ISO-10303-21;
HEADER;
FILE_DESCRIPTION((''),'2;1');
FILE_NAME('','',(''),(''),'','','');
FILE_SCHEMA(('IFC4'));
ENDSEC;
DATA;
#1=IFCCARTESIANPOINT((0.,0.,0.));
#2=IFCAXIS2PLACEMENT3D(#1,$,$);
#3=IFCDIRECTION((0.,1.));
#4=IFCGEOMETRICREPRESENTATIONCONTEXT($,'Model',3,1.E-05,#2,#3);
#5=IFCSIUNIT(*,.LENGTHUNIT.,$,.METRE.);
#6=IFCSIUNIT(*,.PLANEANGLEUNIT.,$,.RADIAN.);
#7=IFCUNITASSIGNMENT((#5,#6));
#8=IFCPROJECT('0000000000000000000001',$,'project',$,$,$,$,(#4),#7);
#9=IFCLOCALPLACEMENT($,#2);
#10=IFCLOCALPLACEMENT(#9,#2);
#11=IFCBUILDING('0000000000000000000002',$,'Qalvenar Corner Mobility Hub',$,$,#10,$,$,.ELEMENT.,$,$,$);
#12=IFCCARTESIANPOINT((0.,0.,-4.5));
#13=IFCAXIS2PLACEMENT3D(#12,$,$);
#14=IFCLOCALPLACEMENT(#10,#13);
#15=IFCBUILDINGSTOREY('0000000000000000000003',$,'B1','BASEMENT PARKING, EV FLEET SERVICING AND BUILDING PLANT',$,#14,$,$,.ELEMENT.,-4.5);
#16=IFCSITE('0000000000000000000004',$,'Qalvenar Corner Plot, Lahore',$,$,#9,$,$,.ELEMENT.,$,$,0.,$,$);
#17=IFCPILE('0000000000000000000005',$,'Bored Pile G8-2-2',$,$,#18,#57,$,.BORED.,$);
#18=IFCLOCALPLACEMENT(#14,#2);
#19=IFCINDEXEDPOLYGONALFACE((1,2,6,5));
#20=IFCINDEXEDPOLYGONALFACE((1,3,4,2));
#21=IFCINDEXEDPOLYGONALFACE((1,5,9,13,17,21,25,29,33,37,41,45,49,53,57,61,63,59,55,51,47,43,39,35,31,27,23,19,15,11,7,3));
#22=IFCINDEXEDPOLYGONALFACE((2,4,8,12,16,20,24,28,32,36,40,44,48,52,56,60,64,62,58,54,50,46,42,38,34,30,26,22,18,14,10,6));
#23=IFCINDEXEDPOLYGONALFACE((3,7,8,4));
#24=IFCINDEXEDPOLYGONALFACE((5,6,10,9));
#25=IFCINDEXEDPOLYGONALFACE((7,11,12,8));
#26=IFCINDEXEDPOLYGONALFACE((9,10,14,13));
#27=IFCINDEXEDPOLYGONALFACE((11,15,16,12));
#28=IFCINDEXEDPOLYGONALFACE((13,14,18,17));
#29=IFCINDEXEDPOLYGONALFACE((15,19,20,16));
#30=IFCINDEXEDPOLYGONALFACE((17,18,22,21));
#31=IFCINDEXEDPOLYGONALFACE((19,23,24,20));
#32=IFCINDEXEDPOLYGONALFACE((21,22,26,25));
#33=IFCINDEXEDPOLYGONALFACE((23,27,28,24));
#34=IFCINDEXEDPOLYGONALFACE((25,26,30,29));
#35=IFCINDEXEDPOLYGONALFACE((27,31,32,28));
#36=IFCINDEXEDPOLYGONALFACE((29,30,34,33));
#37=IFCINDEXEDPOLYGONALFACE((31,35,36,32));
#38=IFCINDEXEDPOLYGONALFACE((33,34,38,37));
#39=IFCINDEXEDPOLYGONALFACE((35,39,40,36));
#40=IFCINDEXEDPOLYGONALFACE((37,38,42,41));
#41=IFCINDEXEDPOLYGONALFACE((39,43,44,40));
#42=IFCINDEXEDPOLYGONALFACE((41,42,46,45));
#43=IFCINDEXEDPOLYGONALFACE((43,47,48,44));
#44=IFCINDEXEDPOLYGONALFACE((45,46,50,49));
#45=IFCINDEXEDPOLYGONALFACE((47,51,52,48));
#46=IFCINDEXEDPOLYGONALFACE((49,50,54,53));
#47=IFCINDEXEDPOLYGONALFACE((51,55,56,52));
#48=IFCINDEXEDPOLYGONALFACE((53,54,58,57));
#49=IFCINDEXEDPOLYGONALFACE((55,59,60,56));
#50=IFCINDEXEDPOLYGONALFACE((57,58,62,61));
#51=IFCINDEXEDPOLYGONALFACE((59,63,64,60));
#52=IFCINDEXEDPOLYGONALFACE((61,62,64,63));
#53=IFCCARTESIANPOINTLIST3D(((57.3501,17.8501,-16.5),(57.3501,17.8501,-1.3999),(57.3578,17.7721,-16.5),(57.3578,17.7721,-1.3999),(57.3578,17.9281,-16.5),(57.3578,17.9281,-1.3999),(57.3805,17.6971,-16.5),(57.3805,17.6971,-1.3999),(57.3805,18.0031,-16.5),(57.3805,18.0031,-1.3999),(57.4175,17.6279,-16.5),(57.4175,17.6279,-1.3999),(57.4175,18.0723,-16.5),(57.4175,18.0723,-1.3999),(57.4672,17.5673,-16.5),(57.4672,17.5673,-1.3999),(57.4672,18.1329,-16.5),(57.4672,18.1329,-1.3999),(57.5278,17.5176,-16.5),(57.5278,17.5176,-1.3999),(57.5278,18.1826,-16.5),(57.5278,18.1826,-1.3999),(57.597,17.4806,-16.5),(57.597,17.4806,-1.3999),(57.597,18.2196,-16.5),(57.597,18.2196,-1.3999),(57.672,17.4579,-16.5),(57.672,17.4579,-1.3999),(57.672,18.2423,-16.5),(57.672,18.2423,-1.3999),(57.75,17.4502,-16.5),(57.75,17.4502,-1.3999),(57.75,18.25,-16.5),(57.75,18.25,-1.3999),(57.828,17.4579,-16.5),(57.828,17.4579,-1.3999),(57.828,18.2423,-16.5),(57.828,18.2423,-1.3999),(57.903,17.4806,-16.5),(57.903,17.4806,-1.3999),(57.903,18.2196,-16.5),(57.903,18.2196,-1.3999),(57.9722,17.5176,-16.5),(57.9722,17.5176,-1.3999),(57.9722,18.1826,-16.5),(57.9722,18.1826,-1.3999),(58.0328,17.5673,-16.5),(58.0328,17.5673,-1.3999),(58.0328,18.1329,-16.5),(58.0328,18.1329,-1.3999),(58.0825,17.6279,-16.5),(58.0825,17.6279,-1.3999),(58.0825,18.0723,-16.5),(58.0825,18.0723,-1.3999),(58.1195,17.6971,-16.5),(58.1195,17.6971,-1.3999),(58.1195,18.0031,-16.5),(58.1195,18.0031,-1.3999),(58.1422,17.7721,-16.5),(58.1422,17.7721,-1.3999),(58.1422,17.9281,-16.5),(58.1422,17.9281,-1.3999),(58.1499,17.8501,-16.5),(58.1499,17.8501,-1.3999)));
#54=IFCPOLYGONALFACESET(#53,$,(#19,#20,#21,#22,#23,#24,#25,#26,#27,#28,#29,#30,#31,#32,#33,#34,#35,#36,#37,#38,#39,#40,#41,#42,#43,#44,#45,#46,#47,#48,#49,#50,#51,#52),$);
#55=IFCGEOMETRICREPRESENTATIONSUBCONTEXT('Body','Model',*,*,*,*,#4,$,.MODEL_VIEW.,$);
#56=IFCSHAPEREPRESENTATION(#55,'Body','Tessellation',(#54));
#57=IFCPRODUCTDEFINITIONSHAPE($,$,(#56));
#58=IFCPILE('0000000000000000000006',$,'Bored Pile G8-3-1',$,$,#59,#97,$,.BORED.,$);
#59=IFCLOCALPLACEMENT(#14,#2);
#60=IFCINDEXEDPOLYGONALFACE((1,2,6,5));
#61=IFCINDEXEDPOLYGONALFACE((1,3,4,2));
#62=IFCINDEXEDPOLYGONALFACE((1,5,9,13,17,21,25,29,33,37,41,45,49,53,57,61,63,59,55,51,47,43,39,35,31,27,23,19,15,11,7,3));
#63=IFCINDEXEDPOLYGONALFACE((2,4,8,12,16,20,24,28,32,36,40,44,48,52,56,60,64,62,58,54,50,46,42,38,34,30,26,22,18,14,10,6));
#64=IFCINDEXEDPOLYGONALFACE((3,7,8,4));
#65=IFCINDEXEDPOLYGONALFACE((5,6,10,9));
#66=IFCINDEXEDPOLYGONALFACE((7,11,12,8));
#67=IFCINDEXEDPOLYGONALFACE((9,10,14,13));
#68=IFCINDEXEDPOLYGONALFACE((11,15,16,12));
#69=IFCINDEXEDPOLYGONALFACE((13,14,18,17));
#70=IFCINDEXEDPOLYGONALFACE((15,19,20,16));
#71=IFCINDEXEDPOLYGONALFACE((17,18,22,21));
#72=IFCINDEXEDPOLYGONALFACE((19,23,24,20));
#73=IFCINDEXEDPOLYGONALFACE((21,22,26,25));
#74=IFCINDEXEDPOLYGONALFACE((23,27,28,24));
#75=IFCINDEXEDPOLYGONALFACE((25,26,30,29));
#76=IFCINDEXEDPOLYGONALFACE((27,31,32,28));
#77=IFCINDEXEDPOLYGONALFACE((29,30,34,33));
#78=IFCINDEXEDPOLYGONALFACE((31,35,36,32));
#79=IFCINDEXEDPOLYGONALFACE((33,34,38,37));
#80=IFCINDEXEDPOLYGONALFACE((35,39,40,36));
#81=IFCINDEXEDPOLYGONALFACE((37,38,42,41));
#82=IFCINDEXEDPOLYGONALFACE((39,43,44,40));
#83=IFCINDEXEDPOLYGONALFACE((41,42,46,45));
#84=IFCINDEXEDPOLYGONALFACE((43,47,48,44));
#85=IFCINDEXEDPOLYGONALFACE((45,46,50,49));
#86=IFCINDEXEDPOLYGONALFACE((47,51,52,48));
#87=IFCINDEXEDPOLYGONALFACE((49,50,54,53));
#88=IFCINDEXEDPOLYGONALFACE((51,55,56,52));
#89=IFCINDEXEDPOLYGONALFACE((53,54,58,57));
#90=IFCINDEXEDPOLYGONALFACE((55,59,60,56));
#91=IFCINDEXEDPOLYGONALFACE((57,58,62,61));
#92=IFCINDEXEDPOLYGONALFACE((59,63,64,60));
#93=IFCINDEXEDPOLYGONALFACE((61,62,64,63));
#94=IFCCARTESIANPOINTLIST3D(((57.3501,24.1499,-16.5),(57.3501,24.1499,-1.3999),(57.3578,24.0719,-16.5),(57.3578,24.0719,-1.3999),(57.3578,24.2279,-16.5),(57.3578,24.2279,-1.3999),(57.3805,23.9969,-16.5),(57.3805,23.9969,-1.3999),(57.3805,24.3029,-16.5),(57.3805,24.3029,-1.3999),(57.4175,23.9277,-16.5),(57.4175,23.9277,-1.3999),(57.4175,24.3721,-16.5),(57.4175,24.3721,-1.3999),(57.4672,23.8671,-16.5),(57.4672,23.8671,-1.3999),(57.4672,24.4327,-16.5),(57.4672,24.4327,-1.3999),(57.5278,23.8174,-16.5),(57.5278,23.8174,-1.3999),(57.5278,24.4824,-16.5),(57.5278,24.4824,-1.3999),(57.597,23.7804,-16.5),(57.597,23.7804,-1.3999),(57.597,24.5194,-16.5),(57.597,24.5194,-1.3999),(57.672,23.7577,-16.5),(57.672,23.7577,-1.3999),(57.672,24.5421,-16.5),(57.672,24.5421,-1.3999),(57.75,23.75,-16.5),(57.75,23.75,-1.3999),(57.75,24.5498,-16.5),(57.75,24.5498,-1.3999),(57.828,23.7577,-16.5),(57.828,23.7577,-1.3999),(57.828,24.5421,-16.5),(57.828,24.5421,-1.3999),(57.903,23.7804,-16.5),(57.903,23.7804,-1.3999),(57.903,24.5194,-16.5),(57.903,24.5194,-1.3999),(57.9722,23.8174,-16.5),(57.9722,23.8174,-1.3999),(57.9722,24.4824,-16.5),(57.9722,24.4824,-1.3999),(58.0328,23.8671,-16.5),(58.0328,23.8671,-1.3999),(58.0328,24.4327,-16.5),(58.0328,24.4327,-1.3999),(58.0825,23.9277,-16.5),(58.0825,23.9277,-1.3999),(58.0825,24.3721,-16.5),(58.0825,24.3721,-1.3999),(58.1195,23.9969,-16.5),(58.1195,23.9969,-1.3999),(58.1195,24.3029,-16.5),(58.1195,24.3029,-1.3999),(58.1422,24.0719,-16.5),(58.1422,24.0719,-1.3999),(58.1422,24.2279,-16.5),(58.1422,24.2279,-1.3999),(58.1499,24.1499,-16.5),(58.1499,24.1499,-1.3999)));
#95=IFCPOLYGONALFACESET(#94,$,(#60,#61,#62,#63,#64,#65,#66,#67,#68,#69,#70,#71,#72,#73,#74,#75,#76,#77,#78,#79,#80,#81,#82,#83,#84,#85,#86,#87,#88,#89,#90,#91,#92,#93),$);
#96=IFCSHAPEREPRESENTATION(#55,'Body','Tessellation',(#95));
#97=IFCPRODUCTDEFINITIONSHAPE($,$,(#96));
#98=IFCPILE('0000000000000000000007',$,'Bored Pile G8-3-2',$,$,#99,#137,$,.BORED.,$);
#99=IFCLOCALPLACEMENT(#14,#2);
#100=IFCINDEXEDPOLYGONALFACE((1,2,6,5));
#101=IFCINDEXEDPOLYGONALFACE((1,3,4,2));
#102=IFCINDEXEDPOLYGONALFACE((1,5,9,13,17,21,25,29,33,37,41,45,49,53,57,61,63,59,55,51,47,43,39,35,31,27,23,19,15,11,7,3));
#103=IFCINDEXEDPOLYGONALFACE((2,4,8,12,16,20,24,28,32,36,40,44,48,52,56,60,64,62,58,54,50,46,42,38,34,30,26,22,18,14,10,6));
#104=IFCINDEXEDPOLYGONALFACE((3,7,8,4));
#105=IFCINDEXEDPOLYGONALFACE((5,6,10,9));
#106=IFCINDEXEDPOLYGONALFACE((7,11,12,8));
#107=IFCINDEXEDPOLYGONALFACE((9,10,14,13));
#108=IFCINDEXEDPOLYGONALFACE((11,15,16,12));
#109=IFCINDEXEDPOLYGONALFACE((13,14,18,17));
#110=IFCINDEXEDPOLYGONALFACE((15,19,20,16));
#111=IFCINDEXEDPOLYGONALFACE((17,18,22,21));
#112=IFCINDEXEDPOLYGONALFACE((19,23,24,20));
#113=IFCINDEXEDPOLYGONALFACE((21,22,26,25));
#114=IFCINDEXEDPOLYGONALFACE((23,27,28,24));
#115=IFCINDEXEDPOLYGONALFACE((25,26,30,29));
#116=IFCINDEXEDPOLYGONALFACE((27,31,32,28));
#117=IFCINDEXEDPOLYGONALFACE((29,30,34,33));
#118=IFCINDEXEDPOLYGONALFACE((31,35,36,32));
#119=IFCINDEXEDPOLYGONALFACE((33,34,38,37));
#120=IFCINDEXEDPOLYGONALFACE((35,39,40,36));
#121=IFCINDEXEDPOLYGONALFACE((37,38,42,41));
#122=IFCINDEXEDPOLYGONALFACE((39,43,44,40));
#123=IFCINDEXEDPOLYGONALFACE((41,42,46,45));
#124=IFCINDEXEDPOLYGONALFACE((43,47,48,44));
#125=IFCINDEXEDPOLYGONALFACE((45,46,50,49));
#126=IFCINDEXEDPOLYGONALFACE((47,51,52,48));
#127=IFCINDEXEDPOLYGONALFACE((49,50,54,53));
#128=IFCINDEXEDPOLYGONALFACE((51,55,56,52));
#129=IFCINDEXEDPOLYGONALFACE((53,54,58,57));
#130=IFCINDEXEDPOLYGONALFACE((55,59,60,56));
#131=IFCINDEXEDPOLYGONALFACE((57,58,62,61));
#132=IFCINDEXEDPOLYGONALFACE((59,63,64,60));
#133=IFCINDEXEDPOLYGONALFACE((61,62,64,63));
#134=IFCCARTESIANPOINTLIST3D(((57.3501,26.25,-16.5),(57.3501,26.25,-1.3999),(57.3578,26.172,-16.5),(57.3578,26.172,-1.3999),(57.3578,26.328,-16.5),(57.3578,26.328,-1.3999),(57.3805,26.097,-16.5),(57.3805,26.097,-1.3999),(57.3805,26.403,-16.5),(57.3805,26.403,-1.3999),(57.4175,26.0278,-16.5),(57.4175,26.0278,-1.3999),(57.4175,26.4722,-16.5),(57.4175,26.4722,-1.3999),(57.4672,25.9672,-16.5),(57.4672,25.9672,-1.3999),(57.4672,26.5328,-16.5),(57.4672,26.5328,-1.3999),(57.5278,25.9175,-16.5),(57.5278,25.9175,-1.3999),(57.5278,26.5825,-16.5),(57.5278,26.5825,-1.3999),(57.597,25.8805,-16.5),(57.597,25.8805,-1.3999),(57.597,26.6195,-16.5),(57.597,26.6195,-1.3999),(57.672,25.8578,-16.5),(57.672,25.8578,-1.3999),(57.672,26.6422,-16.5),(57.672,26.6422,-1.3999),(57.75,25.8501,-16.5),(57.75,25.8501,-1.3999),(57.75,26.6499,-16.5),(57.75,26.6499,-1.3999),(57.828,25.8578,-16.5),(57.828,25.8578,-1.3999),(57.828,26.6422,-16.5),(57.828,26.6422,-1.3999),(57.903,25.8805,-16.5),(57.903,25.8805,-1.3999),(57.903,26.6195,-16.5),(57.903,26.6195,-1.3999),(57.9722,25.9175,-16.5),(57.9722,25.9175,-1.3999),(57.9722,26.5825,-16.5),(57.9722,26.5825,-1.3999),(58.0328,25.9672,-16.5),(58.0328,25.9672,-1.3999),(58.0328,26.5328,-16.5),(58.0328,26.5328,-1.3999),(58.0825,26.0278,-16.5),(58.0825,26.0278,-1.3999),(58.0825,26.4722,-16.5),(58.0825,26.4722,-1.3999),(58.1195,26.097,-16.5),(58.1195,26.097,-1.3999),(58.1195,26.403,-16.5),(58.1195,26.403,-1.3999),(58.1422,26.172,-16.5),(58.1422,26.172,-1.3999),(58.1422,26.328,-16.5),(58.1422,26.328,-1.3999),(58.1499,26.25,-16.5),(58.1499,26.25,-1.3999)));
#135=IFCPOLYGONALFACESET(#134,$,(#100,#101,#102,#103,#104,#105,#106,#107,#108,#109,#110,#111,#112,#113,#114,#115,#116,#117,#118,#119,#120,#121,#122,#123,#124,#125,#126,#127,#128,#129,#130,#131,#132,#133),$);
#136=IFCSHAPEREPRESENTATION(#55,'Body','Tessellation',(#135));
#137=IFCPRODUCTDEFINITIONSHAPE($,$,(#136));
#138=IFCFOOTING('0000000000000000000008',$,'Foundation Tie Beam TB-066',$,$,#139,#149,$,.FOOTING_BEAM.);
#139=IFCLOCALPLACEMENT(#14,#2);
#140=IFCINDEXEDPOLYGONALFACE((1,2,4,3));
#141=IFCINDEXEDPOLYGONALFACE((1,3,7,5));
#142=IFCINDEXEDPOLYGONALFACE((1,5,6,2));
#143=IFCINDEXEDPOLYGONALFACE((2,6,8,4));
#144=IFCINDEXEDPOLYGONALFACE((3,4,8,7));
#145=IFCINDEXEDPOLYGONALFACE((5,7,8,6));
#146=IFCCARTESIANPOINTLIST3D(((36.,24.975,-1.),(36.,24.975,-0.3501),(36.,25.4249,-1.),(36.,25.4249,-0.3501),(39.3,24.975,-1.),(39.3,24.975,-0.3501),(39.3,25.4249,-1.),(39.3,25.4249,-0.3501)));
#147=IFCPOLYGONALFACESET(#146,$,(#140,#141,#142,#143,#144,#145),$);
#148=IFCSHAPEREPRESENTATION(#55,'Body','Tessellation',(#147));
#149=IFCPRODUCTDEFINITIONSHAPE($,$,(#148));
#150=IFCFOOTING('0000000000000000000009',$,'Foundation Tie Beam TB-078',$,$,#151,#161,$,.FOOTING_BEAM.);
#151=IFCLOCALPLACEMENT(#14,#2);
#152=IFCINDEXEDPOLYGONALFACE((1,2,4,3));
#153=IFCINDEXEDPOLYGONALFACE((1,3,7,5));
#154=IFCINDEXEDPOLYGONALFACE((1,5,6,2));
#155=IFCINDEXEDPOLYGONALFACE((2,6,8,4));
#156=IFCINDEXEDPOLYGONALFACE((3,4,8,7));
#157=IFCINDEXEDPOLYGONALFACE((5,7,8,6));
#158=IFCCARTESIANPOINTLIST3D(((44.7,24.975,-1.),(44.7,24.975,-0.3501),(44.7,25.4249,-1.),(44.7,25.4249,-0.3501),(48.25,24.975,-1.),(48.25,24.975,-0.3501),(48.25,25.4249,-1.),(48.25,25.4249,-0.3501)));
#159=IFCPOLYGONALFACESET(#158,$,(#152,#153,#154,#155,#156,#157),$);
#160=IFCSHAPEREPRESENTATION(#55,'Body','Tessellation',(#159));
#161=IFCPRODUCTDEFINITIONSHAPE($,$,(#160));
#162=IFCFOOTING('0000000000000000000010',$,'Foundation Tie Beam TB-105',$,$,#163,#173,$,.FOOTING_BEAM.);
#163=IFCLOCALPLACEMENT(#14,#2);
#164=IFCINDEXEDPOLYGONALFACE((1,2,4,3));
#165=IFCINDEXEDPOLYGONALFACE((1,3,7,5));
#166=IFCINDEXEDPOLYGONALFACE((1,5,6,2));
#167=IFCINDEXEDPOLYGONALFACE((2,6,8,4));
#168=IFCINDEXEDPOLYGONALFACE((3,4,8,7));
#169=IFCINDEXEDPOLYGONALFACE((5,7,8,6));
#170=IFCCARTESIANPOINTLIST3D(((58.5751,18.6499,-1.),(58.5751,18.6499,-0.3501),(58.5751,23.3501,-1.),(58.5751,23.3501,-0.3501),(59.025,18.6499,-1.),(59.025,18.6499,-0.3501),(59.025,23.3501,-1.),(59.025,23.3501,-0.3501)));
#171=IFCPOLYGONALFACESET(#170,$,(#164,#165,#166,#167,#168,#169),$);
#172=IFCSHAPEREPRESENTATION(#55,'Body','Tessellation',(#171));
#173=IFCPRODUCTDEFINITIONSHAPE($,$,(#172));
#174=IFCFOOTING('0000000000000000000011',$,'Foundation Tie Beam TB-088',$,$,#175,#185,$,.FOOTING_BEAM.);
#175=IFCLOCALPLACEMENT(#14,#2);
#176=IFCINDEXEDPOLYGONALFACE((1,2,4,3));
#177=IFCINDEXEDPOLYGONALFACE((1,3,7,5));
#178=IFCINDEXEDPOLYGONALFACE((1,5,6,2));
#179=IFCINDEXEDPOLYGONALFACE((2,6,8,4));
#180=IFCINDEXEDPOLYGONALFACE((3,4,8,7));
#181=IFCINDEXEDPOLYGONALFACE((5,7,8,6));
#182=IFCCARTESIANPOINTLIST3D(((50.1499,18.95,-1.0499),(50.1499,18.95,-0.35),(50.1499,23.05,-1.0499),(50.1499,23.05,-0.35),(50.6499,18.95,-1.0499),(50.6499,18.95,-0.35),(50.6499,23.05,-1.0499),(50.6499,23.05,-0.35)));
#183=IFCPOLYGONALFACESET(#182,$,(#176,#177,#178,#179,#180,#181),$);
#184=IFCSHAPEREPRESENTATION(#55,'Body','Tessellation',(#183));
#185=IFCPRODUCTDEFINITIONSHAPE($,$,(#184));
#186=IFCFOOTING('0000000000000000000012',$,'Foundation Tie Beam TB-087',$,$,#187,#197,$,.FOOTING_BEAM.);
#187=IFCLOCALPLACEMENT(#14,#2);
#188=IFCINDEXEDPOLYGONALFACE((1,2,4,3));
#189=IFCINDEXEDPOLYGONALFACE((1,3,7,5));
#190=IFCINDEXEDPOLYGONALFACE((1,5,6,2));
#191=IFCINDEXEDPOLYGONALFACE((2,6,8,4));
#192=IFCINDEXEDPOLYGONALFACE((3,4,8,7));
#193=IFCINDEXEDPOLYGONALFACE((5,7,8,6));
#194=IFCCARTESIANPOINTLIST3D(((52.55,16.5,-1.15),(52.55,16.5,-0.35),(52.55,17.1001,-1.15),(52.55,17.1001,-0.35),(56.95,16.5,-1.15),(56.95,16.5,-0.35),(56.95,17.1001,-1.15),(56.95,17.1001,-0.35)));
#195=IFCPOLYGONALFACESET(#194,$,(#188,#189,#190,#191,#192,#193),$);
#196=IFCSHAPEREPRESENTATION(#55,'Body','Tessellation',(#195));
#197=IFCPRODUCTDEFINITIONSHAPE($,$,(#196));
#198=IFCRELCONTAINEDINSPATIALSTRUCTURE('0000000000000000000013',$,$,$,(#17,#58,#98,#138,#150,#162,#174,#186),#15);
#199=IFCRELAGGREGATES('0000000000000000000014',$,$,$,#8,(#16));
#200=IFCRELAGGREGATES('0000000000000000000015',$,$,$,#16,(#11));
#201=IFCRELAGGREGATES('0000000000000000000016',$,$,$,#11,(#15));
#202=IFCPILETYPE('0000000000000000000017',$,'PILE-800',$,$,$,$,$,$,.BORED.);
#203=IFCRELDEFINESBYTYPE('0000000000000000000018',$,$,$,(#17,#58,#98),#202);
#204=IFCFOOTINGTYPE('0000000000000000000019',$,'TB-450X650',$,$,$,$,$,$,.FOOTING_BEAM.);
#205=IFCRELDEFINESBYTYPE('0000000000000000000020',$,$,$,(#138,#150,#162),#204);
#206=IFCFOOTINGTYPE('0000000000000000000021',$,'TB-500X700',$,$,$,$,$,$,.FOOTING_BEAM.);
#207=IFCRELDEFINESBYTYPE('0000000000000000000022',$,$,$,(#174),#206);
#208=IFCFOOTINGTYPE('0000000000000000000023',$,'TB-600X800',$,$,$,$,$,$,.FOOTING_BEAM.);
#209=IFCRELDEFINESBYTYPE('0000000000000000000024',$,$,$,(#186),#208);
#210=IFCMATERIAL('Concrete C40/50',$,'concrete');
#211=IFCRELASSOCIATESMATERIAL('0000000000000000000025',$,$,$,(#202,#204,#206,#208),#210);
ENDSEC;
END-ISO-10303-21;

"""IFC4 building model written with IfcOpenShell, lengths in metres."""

from ifc_helpers import new_model, si_unit, direction, frame, origin, origin_2d, place, context, subcontext, project, spatial, rectangle, circle, extrude, material, material_profile, profile_set, type_object, element, save


model = new_model("IFC4")

# Units and contexts
model_context = context("Model", 3, precision=1e-05, world=origin(), true_north=direction((0.0, 1.0)))
body_context = subcontext(model_context, "Body", "Model", "MODEL_VIEW")
ifc_project = project(units=[si_unit("LENGTHUNIT", "METRE"), si_unit("PLANEANGLEUNIT", "RADIAN")], contexts=[model_context])

# Site, building, storey
site_placement = place(None, origin())
site = spatial("IfcSite", under=ifc_project, at=site_placement, Name="Qalvenar Corner Plot, Lahore", CompositionType="ELEMENT", RefElevation=0.0)
building_placement = place(site_placement, origin())
building = spatial("IfcBuilding", under=site, at=building_placement, Name="Qalvenar Corner Mobility Hub", CompositionType="ELEMENT")
storey_placement = place(building_placement, frame((0.0, 0.0, -4.5)))
storey = spatial("IfcBuildingStorey", under=building, at=storey_placement, Name="B1", Description="BASEMENT PARKING, EV FLEET SERVICING AND BUILDING PLANT", CompositionType="ELEMENT", Elevation=-4.5)

# Shared definitions
ifc_material_1 = material(Name="Concrete C40/50", Category="concrete")

# Piles
ifc_material_profile_1 = material_profile(ifc_material_1, circle(Radius=0.3999, at=origin_2d()), Name="DIA800")
ifc_profile_set_1 = profile_set([ifc_material_profile_1], Name="Concrete C40/50")
pile_type_1 = type_object("IfcPileType", Name="PILE-800", PredefinedType="BORED", material=ifc_profile_set_1)
for number, where, z_axis, x_axis, name in (
    (1, (57.75, 17.8501, -1.3999), (0.0, 0.0, -1.0), (1.0, 0.0, 0.0), "Bored Pile G8-2-2"),
    (2, (57.75, 24.1499, -1.3999), (0.0, 0.0, -1.0), (1.0, 0.0, 0.0), "Bored Pile G8-3-1"),
    (3, (57.75, 26.25, -1.3999), (0.0, 0.0, -1.0), (1.0, 0.0, 0.0), "Bored Pile G8-3-2"),
):
    element("IfcPile", number, at=place(storey_placement, frame(where, z_axis=z_axis, x_axis=x_axis)), inside=storey, type_object=pile_type_1, Name=name, PredefinedType="BORED", context=body_context, shape_type="SweptSolid", body=[
        extrude(circle(Radius=0.3999, at=origin_2d()), origin(), (0.0, 0.0, 1.0), 15.1001),
    ])

# Footings
ifc_material_profile_2 = material_profile(ifc_material_1, rectangle(XDim=0.45, YDim=0.6499, at=origin_2d()), Name="RC450x650")
ifc_profile_set_2 = profile_set([ifc_material_profile_2], Name="Concrete C40/50")
footing_type_1 = type_object("IfcFootingType", Name="TB-450X650", PredefinedType="FOOTING_BEAM", material=ifc_profile_set_2)
footing_1_placement = place(storey_placement, frame((36.0, 25.2, -0.675), z_axis=(1.0, 0.0, 0.0), x_axis=(0.0, 1.0, 0.0)))
element("IfcFooting", 4, at=footing_1_placement, inside=storey, type_object=footing_type_1, Name="Foundation Tie Beam TB-066", PredefinedType="FOOTING_BEAM", context=body_context, shape_type="SweptSolid", body=[
    extrude(rectangle(XDim=0.45, YDim=0.6499, at=origin_2d()), origin(), (0.0, 0.0, 1.0), 3.3),
])
footing_2_placement = place(storey_placement, frame((44.7, 25.2, -0.675), z_axis=(1.0, 0.0, 0.0), x_axis=(0.0, 1.0, 0.0)))
element("IfcFooting", 5, at=footing_2_placement, inside=storey, type_object=footing_type_1, Name="Foundation Tie Beam TB-078", PredefinedType="FOOTING_BEAM", context=body_context, shape_type="SweptSolid", body=[
    extrude(rectangle(XDim=0.45, YDim=0.6499, at=origin_2d()), origin(), (0.0, 0.0, 1.0), 3.55),
])
footing_3_placement = place(storey_placement, frame((58.8, 18.6499, -0.675), z_axis=(0.0, 1.0, 0.0), x_axis=(-1.0, 0.0, 0.0)))
element("IfcFooting", 6, at=footing_3_placement, inside=storey, type_object=footing_type_1, Name="Foundation Tie Beam TB-105", PredefinedType="FOOTING_BEAM", context=body_context, shape_type="SweptSolid", body=[
    extrude(rectangle(XDim=0.45, YDim=0.6499, at=origin_2d()), origin(), (0.0, 0.0, 1.0), 4.7002),
])
ifc_material_profile_3 = material_profile(ifc_material_1, rectangle(XDim=0.5, YDim=0.7, at=origin_2d()), Name="RC500x700")
ifc_profile_set_3 = profile_set([ifc_material_profile_3], Name="Concrete C40/50")
footing_type_2 = type_object("IfcFootingType", Name="TB-500X700", PredefinedType="FOOTING_BEAM", material=ifc_profile_set_3)
footing_4_placement = place(storey_placement, frame((50.3999, 18.95, -0.7), z_axis=(0.0, 1.0, 0.0), x_axis=(-1.0, 0.0, 0.0)))
element("IfcFooting", 7, at=footing_4_placement, inside=storey, type_object=footing_type_2, Name="Foundation Tie Beam TB-088", PredefinedType="FOOTING_BEAM", context=body_context, shape_type="SweptSolid", body=[
    extrude(rectangle(XDim=0.5, YDim=0.7, at=origin_2d()), origin(), (0.0, 0.0, 1.0), 4.1001),
])
ifc_material_profile_4 = material_profile(ifc_material_1, rectangle(XDim=0.6001, YDim=0.8, at=origin_2d()), Name="RC600x800")
ifc_profile_set_4 = profile_set([ifc_material_profile_4], Name="Concrete C40/50")
footing_type_3 = type_object("IfcFootingType", Name="TB-600X800", PredefinedType="FOOTING_BEAM", material=ifc_profile_set_4)
for number, where, z_axis, x_axis, name in (
    (8, (52.55, 16.8, -0.75), (1.0, 0.0, 0.0), (0.0, 1.0, 0.0), "Foundation Tie Beam TB-087"),
):
    element("IfcFooting", number, at=place(storey_placement, frame(where, z_axis=z_axis, x_axis=x_axis)), inside=storey, type_object=footing_type_3, Name=name, PredefinedType="FOOTING_BEAM", context=body_context, shape_type="SweptSolid", body=[
        extrude(rectangle(XDim=0.6001, YDim=0.8, at=origin_2d()), origin(), (0.0, 0.0, 1.0), 4.3999),
    ])

save(model, "model.ifc")
